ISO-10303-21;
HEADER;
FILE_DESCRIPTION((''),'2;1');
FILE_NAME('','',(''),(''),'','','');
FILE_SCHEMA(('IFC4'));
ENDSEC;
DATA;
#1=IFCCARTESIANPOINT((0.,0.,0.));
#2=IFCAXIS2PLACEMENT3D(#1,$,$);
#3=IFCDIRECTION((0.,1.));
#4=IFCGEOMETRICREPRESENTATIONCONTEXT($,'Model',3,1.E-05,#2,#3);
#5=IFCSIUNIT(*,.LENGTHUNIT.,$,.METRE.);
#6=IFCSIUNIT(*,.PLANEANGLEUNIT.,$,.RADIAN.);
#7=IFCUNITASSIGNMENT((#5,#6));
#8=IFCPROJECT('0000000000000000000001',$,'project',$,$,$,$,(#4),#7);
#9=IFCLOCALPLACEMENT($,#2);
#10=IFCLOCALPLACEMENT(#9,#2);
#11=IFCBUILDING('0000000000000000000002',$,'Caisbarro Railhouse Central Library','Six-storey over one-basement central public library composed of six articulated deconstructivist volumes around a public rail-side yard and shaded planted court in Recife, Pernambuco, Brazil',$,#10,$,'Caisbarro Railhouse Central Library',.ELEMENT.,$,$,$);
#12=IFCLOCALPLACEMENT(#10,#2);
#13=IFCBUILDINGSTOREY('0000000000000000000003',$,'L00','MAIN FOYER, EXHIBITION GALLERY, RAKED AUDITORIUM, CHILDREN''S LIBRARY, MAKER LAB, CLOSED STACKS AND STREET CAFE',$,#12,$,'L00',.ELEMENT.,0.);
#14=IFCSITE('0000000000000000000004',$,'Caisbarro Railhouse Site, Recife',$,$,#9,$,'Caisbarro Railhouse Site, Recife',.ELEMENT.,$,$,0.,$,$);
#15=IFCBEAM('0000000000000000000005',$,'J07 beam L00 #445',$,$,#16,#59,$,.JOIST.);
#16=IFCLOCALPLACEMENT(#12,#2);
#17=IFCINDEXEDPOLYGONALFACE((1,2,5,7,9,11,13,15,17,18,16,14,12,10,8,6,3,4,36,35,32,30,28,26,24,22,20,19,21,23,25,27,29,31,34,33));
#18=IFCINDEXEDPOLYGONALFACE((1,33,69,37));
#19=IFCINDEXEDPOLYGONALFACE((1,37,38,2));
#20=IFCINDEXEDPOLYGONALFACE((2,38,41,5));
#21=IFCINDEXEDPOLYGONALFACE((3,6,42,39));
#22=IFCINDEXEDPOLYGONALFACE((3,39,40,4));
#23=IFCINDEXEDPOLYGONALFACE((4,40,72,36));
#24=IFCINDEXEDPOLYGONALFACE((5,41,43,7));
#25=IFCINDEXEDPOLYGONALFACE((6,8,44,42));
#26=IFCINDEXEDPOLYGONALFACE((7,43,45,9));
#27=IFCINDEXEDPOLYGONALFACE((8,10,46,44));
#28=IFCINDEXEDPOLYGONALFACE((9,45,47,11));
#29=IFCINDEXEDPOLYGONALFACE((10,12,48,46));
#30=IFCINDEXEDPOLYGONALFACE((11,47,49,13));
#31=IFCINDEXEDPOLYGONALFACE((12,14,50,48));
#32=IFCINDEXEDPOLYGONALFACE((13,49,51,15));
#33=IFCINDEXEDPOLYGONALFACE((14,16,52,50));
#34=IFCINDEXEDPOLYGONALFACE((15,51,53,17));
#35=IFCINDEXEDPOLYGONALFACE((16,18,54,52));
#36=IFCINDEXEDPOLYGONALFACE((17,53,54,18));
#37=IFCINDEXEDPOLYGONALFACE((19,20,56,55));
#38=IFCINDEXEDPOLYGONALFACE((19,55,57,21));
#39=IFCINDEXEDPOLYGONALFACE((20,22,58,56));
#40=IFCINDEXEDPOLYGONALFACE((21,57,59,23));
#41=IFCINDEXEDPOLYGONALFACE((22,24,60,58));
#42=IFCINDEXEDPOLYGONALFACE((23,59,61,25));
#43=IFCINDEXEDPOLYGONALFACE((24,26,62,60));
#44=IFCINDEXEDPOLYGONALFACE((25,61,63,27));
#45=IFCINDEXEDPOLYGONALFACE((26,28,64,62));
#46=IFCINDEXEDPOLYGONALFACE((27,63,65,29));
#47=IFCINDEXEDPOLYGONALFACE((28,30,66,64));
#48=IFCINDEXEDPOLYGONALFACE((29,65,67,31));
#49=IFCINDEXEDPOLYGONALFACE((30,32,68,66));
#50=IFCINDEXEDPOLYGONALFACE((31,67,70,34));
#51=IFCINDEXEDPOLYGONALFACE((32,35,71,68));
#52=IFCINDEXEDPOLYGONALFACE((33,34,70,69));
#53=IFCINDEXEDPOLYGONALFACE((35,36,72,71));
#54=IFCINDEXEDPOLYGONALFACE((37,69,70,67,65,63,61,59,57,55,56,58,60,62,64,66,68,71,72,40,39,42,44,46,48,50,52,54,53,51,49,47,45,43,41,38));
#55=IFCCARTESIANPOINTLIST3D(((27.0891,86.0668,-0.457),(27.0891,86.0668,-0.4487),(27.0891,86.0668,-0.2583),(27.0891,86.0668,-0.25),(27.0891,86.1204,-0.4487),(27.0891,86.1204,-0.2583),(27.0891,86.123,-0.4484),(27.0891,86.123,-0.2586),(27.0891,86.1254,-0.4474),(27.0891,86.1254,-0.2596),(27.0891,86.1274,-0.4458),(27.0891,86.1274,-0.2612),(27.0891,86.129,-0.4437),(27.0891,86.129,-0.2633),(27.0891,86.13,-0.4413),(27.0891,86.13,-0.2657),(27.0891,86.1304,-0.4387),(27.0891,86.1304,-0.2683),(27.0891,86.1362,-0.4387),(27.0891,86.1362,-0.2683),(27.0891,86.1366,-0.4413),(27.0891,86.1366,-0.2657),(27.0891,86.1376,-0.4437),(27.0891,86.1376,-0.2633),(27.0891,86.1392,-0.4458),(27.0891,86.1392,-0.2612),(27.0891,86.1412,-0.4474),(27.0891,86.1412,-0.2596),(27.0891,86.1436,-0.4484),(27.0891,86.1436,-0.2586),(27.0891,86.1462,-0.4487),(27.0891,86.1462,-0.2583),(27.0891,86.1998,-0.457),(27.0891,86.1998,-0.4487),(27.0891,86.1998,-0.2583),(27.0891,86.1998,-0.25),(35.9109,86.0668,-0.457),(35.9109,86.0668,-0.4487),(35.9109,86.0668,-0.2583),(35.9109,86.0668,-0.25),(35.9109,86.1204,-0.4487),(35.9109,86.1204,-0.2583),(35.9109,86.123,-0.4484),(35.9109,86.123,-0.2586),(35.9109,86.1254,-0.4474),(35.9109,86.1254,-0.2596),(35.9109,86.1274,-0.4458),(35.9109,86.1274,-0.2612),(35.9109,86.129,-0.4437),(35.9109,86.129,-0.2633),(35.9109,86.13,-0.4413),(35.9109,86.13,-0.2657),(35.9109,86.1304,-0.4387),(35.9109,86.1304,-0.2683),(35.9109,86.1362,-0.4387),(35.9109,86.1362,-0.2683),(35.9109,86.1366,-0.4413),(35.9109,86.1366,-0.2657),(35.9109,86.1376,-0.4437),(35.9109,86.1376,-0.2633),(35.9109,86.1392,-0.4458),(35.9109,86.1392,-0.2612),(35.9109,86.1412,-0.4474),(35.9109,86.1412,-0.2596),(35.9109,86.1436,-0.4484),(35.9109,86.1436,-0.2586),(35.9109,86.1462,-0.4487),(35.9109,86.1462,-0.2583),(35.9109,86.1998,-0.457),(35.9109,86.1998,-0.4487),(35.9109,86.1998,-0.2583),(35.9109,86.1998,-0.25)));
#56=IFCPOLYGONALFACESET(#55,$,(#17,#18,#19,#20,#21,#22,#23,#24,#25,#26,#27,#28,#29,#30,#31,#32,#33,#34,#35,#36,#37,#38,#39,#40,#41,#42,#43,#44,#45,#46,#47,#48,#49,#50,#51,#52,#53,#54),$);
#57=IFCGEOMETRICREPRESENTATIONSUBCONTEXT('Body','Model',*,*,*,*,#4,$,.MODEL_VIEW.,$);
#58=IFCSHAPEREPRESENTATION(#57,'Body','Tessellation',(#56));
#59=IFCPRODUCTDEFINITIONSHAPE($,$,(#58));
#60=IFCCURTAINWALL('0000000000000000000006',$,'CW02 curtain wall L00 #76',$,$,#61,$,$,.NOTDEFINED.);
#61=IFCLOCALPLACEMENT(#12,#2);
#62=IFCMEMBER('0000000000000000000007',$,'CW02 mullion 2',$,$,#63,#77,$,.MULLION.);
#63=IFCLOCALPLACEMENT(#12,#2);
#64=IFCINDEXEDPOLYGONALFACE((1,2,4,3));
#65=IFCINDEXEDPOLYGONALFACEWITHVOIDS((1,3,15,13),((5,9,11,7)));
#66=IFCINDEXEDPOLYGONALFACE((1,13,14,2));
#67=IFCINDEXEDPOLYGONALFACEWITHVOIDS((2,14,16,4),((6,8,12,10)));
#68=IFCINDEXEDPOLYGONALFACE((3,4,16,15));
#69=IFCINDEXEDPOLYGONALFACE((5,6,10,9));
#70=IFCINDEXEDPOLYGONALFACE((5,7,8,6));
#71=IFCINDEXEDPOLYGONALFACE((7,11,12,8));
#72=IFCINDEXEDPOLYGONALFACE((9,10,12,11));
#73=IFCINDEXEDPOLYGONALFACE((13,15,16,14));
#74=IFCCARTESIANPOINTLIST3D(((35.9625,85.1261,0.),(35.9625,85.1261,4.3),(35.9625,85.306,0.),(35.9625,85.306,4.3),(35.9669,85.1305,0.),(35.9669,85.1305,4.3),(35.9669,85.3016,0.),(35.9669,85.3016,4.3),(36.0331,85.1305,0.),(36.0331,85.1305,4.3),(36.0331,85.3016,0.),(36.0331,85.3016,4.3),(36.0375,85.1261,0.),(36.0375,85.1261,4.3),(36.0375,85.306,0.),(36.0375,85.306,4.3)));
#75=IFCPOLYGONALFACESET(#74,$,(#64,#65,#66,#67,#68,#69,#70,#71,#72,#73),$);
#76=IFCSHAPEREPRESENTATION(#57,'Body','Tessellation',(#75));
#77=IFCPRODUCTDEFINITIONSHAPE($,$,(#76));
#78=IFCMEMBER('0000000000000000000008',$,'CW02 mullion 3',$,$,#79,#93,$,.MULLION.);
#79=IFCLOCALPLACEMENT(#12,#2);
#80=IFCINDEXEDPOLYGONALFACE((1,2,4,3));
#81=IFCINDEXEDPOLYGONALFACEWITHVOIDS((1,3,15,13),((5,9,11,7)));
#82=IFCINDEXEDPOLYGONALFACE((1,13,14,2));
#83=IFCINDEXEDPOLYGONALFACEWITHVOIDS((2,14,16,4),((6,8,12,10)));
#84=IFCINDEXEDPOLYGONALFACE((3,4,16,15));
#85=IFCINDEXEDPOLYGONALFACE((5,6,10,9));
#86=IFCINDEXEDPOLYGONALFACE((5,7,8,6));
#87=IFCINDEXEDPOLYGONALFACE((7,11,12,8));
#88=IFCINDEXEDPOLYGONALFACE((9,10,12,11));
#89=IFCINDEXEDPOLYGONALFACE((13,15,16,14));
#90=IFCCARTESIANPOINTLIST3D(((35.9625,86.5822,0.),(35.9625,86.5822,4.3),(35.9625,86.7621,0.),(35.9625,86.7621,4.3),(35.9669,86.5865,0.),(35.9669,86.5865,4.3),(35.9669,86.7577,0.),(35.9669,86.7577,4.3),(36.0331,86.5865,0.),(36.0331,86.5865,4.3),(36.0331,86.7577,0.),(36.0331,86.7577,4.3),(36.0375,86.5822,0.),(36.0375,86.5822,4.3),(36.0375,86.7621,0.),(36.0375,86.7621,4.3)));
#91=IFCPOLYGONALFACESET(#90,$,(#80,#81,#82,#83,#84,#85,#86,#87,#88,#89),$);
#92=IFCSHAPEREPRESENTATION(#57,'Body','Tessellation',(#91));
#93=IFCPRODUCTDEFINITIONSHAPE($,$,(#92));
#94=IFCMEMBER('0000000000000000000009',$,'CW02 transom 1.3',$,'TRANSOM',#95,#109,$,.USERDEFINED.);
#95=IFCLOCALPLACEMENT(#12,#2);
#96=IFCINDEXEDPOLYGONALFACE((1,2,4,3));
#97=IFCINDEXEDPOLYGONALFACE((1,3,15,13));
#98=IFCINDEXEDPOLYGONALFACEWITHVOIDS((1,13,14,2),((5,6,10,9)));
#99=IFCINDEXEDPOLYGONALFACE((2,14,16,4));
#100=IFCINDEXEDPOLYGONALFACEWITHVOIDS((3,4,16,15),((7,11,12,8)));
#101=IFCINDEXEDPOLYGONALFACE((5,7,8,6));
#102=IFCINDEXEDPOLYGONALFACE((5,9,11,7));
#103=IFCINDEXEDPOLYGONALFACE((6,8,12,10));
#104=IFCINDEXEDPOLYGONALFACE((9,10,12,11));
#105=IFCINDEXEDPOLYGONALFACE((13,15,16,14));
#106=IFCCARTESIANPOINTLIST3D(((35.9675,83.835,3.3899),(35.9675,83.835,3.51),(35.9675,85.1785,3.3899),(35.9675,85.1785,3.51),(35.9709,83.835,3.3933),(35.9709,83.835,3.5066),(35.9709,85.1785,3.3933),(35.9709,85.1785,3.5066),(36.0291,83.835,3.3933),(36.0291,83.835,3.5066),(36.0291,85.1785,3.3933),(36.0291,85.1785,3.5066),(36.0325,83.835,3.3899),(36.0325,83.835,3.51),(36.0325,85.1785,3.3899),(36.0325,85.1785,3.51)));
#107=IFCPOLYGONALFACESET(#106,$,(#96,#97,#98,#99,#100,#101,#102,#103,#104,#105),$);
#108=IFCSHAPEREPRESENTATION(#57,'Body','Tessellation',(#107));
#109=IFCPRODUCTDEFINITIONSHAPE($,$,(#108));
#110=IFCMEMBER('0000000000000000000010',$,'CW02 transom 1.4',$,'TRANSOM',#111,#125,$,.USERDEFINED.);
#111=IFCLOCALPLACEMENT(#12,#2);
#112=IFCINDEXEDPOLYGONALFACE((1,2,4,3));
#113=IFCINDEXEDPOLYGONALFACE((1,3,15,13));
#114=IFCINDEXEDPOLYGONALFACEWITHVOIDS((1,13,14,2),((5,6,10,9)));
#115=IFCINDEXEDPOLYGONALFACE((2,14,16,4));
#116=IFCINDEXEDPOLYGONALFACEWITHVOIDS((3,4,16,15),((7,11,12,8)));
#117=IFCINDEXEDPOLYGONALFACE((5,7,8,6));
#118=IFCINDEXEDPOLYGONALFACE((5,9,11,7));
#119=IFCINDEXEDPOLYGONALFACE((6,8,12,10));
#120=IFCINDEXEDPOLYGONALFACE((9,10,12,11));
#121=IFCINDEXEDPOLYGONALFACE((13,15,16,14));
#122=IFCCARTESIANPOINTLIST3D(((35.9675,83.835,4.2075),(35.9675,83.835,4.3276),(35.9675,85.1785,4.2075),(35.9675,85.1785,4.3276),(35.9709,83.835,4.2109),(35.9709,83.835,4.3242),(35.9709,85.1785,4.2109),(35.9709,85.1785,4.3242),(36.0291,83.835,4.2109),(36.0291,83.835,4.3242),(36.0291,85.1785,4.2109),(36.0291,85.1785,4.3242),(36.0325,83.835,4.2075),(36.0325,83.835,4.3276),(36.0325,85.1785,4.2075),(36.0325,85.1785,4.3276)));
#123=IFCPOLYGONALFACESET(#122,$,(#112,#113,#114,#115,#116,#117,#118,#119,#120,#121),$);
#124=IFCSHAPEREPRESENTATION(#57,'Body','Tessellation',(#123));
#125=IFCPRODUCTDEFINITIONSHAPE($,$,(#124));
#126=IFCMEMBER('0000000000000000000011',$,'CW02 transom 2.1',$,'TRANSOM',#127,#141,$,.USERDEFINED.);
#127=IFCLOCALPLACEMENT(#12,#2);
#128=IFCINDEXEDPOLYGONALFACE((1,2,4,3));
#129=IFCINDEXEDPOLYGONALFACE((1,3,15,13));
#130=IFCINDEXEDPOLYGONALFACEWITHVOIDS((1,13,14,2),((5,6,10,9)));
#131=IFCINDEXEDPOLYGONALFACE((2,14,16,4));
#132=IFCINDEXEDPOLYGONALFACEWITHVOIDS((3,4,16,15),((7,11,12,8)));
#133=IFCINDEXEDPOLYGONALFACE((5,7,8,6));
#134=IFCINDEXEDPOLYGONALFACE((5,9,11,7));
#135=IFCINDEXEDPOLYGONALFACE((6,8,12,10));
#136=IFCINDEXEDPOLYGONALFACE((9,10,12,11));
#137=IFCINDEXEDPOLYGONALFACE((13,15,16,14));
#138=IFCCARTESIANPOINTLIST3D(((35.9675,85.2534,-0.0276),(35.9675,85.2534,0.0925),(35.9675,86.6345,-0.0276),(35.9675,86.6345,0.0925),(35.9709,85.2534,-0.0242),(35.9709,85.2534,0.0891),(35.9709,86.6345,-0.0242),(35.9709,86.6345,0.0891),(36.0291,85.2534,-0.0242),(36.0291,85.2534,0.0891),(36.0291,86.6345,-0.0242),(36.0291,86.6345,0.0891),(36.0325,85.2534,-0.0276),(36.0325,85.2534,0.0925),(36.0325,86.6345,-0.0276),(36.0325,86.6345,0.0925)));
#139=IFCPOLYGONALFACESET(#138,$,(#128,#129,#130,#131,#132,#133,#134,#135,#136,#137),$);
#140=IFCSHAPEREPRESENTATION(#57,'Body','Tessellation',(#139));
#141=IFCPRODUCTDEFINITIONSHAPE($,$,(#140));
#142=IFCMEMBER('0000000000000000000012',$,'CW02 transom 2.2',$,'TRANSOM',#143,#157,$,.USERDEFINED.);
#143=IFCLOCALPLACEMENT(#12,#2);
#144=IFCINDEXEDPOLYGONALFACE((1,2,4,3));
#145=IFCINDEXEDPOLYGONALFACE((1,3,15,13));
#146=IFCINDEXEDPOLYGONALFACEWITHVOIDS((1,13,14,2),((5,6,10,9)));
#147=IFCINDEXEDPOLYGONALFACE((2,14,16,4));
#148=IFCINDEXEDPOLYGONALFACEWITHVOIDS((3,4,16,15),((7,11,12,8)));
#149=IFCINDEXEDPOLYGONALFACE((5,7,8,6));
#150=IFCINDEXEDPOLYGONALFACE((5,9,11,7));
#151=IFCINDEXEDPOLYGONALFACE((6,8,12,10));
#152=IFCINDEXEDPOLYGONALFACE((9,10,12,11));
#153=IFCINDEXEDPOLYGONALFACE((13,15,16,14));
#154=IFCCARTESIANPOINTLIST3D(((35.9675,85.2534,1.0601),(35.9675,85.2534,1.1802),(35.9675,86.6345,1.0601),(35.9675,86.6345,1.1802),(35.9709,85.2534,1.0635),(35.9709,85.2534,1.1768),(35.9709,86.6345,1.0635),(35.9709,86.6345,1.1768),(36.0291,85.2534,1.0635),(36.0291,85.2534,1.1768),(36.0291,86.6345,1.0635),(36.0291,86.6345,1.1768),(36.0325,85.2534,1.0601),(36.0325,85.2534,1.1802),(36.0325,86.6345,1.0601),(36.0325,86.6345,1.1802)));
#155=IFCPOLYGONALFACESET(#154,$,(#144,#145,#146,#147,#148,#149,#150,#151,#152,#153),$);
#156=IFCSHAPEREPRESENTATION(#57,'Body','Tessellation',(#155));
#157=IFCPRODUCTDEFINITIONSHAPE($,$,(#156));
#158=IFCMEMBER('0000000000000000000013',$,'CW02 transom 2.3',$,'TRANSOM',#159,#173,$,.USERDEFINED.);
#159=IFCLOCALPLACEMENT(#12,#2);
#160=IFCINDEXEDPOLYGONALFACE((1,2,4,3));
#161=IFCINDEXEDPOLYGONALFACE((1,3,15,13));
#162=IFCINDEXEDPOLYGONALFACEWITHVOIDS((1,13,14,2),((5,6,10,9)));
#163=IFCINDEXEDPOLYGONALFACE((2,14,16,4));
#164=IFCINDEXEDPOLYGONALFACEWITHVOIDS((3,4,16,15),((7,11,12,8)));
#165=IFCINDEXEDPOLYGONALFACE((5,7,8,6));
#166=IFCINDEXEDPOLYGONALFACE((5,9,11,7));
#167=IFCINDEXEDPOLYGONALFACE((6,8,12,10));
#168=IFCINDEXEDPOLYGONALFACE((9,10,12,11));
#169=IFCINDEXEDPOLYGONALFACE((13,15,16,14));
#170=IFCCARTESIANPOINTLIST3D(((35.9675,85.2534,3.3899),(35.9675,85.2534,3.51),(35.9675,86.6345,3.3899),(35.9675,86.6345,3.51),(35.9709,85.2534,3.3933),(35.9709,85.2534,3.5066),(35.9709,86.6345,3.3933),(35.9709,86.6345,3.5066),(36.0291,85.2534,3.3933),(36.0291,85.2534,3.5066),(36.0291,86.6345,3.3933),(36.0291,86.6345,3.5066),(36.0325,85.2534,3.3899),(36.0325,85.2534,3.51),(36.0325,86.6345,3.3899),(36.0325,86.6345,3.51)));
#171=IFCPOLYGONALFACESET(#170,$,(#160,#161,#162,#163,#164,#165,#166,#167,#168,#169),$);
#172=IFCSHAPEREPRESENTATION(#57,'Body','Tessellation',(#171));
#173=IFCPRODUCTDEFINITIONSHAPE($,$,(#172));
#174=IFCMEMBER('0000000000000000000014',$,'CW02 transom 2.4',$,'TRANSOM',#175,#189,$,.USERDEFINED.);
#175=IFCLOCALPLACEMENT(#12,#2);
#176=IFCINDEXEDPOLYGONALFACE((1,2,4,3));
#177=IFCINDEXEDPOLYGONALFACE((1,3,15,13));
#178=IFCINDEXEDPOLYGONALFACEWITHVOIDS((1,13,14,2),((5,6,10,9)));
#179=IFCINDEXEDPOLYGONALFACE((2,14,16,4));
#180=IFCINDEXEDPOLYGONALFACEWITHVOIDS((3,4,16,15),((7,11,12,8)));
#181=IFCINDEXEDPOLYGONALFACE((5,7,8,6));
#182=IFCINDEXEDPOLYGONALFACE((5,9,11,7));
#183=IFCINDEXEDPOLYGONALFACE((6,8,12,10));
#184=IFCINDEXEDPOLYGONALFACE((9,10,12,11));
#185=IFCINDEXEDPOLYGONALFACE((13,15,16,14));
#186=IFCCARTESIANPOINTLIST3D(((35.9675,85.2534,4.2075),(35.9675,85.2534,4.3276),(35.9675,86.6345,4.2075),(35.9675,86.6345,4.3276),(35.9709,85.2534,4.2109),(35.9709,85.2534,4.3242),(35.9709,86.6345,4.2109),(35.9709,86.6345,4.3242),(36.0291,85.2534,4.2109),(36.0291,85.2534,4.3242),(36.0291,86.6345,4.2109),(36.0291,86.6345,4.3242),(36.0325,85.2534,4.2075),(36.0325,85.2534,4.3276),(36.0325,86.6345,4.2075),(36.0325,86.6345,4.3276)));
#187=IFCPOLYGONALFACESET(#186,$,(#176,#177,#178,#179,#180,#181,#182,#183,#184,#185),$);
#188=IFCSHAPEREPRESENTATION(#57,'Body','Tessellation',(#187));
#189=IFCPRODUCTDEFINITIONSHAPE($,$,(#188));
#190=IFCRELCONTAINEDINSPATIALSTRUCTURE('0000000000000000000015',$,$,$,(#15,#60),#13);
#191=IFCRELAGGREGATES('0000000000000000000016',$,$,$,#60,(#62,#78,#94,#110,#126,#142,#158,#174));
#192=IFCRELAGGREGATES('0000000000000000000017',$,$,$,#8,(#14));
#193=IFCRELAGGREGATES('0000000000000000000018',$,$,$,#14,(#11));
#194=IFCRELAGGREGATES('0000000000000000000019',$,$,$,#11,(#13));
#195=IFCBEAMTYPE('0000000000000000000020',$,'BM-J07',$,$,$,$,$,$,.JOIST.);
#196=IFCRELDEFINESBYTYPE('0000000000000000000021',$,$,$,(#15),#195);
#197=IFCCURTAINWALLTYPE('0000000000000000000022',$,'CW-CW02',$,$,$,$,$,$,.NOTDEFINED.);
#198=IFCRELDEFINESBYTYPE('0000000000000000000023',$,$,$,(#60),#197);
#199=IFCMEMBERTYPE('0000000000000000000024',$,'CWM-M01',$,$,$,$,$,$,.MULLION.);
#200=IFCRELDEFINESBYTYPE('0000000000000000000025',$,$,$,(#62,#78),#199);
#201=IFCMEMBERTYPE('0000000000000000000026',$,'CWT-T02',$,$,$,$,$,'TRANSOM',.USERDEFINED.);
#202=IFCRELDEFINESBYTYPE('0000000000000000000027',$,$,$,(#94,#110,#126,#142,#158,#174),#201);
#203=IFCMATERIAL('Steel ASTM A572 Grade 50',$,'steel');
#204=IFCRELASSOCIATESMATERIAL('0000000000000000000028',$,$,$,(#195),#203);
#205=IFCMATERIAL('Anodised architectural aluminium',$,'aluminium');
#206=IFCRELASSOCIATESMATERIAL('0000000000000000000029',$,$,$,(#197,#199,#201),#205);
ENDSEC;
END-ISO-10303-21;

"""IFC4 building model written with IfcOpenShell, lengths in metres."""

from ifc_helpers import new_model, si_unit, direction, frame, origin, origin_2d, place, context, subcontext, project, spatial, hollow_rectangle, i_section, extrude, material, material_profile, profile_set, type_object, element, aggregate, save


model = new_model("IFC4")

# Units and contexts
model_context = context("Model", 3, precision=1e-05, world=origin(), true_north=direction((0.0, 1.0)))
body_context = subcontext(model_context, "Body", "Model", "MODEL_VIEW")
ifc_project = project(units=[si_unit("LENGTHUNIT", "METRE"), si_unit("PLANEANGLEUNIT", "RADIAN")], contexts=[model_context])

# Site, building, storey
site_placement = place(None, origin())
site = spatial("IfcSite", under=ifc_project, at=site_placement, Name="Caisbarro Railhouse Site, Recife", LongName="Caisbarro Railhouse Site, Recife", CompositionType="ELEMENT", RefElevation=0.0)
building_placement = place(site_placement, origin())
building = spatial("IfcBuilding", under=site, at=building_placement, Name="Caisbarro Railhouse Central Library", Description="Six-storey over one-basement central public library composed of six articulated deconstructivist volumes around a public rail-side yard and shaded planted court in Recife, Pernambuco, Brazil", LongName="Caisbarro Railhouse Central Library", CompositionType="ELEMENT")
storey_placement = place(building_placement, origin())
storey = spatial("IfcBuildingStorey", under=building, at=storey_placement, Name="L00", Description="MAIN FOYER, EXHIBITION GALLERY, RAKED AUDITORIUM, CHILDREN'S LIBRARY, MAKER LAB, CLOSED STACKS AND STREET CAFE", LongName="L00", CompositionType="ELEMENT", Elevation=0.0)

# Beam
ifc_material_1 = material(Name="Steel ASTM A572 Grade 50", Category="steel")
ifc_material_profile_1 = material_profile(ifc_material_1, i_section(OverallWidth=0.1331, OverallDepth=0.207, WebThickness=0.0059, FlangeThickness=0.0083, FilletRadius=0.01, at=origin_2d()), Name="W200X26.6")
ifc_profile_set_1 = profile_set([ifc_material_profile_1], Name="Steel ASTM A572 Grade 50")
beam_type = type_object("IfcBeamType", Name="BM-J07", PredefinedType="JOIST", material=ifc_profile_set_1)
beam_placement = place(storey_placement, frame((27.0891, 86.1333, -0.3535), z_axis=(1.0, 0.0, 0.0), x_axis=(0.0, 1.0, 0.0)))
element("IfcBeam", 1, at=beam_placement, inside=storey, type_object=beam_type, Name="J07 beam L00 #445", PredefinedType="JOIST", context=body_context, shape_type="SweptSolid", body=[
    extrude(i_section(OverallWidth=0.1331, OverallDepth=0.207, WebThickness=0.0059, FlangeThickness=0.0083, FilletRadius=0.01, at=origin_2d()), origin(), (0.0, 0.0, 1.0), 8.8218),
])

# Curtain wall, members
ifc_material_2 = material(Name="Anodised architectural aluminium", Category="aluminium")
curtain_wall_type = type_object("IfcCurtainWallType", Name="CW-CW02", PredefinedType="NOTDEFINED", material=ifc_material_2)
curtain_wall_placement = place(storey_placement, origin())
curtain_wall = element("IfcCurtainWall", 2, at=curtain_wall_placement, inside=storey, type_object=curtain_wall_type, Name="CW02 curtain wall L00 #76", PredefinedType="NOTDEFINED")
ifc_material_profile_2 = material_profile(ifc_material_2, hollow_rectangle(XDim=0.075, YDim=0.1799, WallThickness=0.0044, at=origin_2d()), Name="ALU-MUL-75X180")
ifc_profile_set_2 = profile_set([ifc_material_profile_2], Name="Anodised architectural aluminium")
member_type_1 = type_object("IfcMemberType", Name="CWM-M01", PredefinedType="MULLION", material=ifc_profile_set_2)
member_1_placement = place(storey_placement, frame((36.0, 85.2161, 0.0), z_axis=(0.0, 0.0, 1.0), x_axis=(-1.0, 0.0, 0.0)))
member_1 = element("IfcMember", 3, at=member_1_placement, type_object=member_type_1, Name="CW02 mullion 2", PredefinedType="MULLION", context=body_context, shape_type="SweptSolid", body=[
    extrude(hollow_rectangle(XDim=0.075, YDim=0.1799, WallThickness=0.0044, at=origin_2d()), origin(), (0.0, 0.0, 1.0), 4.3),
])
member_2_placement = place(storey_placement, frame((36.0, 86.6721, 0.0), z_axis=(0.0, 0.0, 1.0), x_axis=(-1.0, 0.0, 0.0)))
member_2 = element("IfcMember", 4, at=member_2_placement, type_object=member_type_1, Name="CW02 mullion 3", PredefinedType="MULLION", context=body_context, shape_type="SweptSolid", body=[
    extrude(hollow_rectangle(XDim=0.075, YDim=0.1799, WallThickness=0.0044, at=origin_2d()), origin(), (0.0, 0.0, 1.0), 4.3),
])
ifc_material_profile_3 = material_profile(ifc_material_2, hollow_rectangle(XDim=0.0649, YDim=0.1201, WallThickness=0.0034, at=origin_2d()), Name="ALU-TRN-65X120")
ifc_profile_set_3 = profile_set([ifc_material_profile_3], Name="Anodised architectural aluminium")
member_type_2 = type_object("IfcMemberType", Name="CWT-T02", ElementType="TRANSOM", PredefinedType="USERDEFINED", material=ifc_profile_set_3)
member_3_placement = place(storey_placement, frame((36.0, 83.835, 3.45), z_axis=(0.0, 1.0, 0.0), x_axis=(-1.0, 0.0, 0.0)))
member_3 = element("IfcMember", 5, at=member_3_placement, type_object=member_type_2, Name="CW02 transom 1.3", ObjectType="TRANSOM", PredefinedType="USERDEFINED", context=body_context, shape_type="SweptSolid", body=[
    extrude(hollow_rectangle(XDim=0.0649, YDim=0.1201, WallThickness=0.0034, at=origin_2d()), origin(), (0.0, 0.0, 1.0), 1.3435),
])
member_4_placement = place(storey_placement, frame((36.0, 83.835, 4.2676), z_axis=(0.0, 1.0, 0.0), x_axis=(-1.0, 0.0, 0.0)))
member_4 = element("IfcMember", 6, at=member_4_placement, type_object=member_type_2, Name="CW02 transom 1.4", ObjectType="TRANSOM", PredefinedType="USERDEFINED", context=body_context, shape_type="SweptSolid", body=[
    extrude(hollow_rectangle(XDim=0.0649, YDim=0.1201, WallThickness=0.0034, at=origin_2d()), origin(), (0.0, 0.0, 1.0), 1.3435),
])
member_5_placement = place(storey_placement, frame((36.0, 85.2534, 0.0325), z_axis=(0.0, 1.0, 0.0), x_axis=(-1.0, 0.0, 0.0)))
member_5 = element("IfcMember", 7, at=member_5_placement, type_object=member_type_2, Name="CW02 transom 2.1", ObjectType="TRANSOM", PredefinedType="USERDEFINED", context=body_context, shape_type="SweptSolid", body=[
    extrude(hollow_rectangle(XDim=0.0649, YDim=0.1201, WallThickness=0.0034, at=origin_2d()), origin(), (0.0, 0.0, 1.0), 1.3811),
])
member_6_placement = place(storey_placement, frame((36.0, 85.2534, 1.1201), z_axis=(0.0, 1.0, 0.0), x_axis=(-1.0, 0.0, 0.0)))
member_6 = element("IfcMember", 8, at=member_6_placement, type_object=member_type_2, Name="CW02 transom 2.2", ObjectType="TRANSOM", PredefinedType="USERDEFINED", context=body_context, shape_type="SweptSolid", body=[
    extrude(hollow_rectangle(XDim=0.0649, YDim=0.1201, WallThickness=0.0034, at=origin_2d()), origin(), (0.0, 0.0, 1.0), 1.3811),
])
member_7_placement = place(storey_placement, frame((36.0, 85.2534, 3.45), z_axis=(0.0, 1.0, 0.0), x_axis=(-1.0, 0.0, 0.0)))
member_7 = element("IfcMember", 9, at=member_7_placement, type_object=member_type_2, Name="CW02 transom 2.3", ObjectType="TRANSOM", PredefinedType="USERDEFINED", context=body_context, shape_type="SweptSolid", body=[
    extrude(hollow_rectangle(XDim=0.0649, YDim=0.1201, WallThickness=0.0034, at=origin_2d()), origin(), (0.0, 0.0, 1.0), 1.3811),
])
member_8_placement = place(storey_placement, frame((36.0, 85.2534, 4.2676), z_axis=(0.0, 1.0, 0.0), x_axis=(-1.0, 0.0, 0.0)))
member_8 = element("IfcMember", 10, at=member_8_placement, type_object=member_type_2, Name="CW02 transom 2.4", ObjectType="TRANSOM", PredefinedType="USERDEFINED", context=body_context, shape_type="SweptSolid", body=[
    extrude(hollow_rectangle(XDim=0.0649, YDim=0.1201, WallThickness=0.0034, at=origin_2d()), origin(), (0.0, 0.0, 1.0), 1.3811),
])
aggregate(curtain_wall, [member_1, member_2, member_3, member_4, member_5, member_6, member_7, member_8])

save(model, "model.ifc")
